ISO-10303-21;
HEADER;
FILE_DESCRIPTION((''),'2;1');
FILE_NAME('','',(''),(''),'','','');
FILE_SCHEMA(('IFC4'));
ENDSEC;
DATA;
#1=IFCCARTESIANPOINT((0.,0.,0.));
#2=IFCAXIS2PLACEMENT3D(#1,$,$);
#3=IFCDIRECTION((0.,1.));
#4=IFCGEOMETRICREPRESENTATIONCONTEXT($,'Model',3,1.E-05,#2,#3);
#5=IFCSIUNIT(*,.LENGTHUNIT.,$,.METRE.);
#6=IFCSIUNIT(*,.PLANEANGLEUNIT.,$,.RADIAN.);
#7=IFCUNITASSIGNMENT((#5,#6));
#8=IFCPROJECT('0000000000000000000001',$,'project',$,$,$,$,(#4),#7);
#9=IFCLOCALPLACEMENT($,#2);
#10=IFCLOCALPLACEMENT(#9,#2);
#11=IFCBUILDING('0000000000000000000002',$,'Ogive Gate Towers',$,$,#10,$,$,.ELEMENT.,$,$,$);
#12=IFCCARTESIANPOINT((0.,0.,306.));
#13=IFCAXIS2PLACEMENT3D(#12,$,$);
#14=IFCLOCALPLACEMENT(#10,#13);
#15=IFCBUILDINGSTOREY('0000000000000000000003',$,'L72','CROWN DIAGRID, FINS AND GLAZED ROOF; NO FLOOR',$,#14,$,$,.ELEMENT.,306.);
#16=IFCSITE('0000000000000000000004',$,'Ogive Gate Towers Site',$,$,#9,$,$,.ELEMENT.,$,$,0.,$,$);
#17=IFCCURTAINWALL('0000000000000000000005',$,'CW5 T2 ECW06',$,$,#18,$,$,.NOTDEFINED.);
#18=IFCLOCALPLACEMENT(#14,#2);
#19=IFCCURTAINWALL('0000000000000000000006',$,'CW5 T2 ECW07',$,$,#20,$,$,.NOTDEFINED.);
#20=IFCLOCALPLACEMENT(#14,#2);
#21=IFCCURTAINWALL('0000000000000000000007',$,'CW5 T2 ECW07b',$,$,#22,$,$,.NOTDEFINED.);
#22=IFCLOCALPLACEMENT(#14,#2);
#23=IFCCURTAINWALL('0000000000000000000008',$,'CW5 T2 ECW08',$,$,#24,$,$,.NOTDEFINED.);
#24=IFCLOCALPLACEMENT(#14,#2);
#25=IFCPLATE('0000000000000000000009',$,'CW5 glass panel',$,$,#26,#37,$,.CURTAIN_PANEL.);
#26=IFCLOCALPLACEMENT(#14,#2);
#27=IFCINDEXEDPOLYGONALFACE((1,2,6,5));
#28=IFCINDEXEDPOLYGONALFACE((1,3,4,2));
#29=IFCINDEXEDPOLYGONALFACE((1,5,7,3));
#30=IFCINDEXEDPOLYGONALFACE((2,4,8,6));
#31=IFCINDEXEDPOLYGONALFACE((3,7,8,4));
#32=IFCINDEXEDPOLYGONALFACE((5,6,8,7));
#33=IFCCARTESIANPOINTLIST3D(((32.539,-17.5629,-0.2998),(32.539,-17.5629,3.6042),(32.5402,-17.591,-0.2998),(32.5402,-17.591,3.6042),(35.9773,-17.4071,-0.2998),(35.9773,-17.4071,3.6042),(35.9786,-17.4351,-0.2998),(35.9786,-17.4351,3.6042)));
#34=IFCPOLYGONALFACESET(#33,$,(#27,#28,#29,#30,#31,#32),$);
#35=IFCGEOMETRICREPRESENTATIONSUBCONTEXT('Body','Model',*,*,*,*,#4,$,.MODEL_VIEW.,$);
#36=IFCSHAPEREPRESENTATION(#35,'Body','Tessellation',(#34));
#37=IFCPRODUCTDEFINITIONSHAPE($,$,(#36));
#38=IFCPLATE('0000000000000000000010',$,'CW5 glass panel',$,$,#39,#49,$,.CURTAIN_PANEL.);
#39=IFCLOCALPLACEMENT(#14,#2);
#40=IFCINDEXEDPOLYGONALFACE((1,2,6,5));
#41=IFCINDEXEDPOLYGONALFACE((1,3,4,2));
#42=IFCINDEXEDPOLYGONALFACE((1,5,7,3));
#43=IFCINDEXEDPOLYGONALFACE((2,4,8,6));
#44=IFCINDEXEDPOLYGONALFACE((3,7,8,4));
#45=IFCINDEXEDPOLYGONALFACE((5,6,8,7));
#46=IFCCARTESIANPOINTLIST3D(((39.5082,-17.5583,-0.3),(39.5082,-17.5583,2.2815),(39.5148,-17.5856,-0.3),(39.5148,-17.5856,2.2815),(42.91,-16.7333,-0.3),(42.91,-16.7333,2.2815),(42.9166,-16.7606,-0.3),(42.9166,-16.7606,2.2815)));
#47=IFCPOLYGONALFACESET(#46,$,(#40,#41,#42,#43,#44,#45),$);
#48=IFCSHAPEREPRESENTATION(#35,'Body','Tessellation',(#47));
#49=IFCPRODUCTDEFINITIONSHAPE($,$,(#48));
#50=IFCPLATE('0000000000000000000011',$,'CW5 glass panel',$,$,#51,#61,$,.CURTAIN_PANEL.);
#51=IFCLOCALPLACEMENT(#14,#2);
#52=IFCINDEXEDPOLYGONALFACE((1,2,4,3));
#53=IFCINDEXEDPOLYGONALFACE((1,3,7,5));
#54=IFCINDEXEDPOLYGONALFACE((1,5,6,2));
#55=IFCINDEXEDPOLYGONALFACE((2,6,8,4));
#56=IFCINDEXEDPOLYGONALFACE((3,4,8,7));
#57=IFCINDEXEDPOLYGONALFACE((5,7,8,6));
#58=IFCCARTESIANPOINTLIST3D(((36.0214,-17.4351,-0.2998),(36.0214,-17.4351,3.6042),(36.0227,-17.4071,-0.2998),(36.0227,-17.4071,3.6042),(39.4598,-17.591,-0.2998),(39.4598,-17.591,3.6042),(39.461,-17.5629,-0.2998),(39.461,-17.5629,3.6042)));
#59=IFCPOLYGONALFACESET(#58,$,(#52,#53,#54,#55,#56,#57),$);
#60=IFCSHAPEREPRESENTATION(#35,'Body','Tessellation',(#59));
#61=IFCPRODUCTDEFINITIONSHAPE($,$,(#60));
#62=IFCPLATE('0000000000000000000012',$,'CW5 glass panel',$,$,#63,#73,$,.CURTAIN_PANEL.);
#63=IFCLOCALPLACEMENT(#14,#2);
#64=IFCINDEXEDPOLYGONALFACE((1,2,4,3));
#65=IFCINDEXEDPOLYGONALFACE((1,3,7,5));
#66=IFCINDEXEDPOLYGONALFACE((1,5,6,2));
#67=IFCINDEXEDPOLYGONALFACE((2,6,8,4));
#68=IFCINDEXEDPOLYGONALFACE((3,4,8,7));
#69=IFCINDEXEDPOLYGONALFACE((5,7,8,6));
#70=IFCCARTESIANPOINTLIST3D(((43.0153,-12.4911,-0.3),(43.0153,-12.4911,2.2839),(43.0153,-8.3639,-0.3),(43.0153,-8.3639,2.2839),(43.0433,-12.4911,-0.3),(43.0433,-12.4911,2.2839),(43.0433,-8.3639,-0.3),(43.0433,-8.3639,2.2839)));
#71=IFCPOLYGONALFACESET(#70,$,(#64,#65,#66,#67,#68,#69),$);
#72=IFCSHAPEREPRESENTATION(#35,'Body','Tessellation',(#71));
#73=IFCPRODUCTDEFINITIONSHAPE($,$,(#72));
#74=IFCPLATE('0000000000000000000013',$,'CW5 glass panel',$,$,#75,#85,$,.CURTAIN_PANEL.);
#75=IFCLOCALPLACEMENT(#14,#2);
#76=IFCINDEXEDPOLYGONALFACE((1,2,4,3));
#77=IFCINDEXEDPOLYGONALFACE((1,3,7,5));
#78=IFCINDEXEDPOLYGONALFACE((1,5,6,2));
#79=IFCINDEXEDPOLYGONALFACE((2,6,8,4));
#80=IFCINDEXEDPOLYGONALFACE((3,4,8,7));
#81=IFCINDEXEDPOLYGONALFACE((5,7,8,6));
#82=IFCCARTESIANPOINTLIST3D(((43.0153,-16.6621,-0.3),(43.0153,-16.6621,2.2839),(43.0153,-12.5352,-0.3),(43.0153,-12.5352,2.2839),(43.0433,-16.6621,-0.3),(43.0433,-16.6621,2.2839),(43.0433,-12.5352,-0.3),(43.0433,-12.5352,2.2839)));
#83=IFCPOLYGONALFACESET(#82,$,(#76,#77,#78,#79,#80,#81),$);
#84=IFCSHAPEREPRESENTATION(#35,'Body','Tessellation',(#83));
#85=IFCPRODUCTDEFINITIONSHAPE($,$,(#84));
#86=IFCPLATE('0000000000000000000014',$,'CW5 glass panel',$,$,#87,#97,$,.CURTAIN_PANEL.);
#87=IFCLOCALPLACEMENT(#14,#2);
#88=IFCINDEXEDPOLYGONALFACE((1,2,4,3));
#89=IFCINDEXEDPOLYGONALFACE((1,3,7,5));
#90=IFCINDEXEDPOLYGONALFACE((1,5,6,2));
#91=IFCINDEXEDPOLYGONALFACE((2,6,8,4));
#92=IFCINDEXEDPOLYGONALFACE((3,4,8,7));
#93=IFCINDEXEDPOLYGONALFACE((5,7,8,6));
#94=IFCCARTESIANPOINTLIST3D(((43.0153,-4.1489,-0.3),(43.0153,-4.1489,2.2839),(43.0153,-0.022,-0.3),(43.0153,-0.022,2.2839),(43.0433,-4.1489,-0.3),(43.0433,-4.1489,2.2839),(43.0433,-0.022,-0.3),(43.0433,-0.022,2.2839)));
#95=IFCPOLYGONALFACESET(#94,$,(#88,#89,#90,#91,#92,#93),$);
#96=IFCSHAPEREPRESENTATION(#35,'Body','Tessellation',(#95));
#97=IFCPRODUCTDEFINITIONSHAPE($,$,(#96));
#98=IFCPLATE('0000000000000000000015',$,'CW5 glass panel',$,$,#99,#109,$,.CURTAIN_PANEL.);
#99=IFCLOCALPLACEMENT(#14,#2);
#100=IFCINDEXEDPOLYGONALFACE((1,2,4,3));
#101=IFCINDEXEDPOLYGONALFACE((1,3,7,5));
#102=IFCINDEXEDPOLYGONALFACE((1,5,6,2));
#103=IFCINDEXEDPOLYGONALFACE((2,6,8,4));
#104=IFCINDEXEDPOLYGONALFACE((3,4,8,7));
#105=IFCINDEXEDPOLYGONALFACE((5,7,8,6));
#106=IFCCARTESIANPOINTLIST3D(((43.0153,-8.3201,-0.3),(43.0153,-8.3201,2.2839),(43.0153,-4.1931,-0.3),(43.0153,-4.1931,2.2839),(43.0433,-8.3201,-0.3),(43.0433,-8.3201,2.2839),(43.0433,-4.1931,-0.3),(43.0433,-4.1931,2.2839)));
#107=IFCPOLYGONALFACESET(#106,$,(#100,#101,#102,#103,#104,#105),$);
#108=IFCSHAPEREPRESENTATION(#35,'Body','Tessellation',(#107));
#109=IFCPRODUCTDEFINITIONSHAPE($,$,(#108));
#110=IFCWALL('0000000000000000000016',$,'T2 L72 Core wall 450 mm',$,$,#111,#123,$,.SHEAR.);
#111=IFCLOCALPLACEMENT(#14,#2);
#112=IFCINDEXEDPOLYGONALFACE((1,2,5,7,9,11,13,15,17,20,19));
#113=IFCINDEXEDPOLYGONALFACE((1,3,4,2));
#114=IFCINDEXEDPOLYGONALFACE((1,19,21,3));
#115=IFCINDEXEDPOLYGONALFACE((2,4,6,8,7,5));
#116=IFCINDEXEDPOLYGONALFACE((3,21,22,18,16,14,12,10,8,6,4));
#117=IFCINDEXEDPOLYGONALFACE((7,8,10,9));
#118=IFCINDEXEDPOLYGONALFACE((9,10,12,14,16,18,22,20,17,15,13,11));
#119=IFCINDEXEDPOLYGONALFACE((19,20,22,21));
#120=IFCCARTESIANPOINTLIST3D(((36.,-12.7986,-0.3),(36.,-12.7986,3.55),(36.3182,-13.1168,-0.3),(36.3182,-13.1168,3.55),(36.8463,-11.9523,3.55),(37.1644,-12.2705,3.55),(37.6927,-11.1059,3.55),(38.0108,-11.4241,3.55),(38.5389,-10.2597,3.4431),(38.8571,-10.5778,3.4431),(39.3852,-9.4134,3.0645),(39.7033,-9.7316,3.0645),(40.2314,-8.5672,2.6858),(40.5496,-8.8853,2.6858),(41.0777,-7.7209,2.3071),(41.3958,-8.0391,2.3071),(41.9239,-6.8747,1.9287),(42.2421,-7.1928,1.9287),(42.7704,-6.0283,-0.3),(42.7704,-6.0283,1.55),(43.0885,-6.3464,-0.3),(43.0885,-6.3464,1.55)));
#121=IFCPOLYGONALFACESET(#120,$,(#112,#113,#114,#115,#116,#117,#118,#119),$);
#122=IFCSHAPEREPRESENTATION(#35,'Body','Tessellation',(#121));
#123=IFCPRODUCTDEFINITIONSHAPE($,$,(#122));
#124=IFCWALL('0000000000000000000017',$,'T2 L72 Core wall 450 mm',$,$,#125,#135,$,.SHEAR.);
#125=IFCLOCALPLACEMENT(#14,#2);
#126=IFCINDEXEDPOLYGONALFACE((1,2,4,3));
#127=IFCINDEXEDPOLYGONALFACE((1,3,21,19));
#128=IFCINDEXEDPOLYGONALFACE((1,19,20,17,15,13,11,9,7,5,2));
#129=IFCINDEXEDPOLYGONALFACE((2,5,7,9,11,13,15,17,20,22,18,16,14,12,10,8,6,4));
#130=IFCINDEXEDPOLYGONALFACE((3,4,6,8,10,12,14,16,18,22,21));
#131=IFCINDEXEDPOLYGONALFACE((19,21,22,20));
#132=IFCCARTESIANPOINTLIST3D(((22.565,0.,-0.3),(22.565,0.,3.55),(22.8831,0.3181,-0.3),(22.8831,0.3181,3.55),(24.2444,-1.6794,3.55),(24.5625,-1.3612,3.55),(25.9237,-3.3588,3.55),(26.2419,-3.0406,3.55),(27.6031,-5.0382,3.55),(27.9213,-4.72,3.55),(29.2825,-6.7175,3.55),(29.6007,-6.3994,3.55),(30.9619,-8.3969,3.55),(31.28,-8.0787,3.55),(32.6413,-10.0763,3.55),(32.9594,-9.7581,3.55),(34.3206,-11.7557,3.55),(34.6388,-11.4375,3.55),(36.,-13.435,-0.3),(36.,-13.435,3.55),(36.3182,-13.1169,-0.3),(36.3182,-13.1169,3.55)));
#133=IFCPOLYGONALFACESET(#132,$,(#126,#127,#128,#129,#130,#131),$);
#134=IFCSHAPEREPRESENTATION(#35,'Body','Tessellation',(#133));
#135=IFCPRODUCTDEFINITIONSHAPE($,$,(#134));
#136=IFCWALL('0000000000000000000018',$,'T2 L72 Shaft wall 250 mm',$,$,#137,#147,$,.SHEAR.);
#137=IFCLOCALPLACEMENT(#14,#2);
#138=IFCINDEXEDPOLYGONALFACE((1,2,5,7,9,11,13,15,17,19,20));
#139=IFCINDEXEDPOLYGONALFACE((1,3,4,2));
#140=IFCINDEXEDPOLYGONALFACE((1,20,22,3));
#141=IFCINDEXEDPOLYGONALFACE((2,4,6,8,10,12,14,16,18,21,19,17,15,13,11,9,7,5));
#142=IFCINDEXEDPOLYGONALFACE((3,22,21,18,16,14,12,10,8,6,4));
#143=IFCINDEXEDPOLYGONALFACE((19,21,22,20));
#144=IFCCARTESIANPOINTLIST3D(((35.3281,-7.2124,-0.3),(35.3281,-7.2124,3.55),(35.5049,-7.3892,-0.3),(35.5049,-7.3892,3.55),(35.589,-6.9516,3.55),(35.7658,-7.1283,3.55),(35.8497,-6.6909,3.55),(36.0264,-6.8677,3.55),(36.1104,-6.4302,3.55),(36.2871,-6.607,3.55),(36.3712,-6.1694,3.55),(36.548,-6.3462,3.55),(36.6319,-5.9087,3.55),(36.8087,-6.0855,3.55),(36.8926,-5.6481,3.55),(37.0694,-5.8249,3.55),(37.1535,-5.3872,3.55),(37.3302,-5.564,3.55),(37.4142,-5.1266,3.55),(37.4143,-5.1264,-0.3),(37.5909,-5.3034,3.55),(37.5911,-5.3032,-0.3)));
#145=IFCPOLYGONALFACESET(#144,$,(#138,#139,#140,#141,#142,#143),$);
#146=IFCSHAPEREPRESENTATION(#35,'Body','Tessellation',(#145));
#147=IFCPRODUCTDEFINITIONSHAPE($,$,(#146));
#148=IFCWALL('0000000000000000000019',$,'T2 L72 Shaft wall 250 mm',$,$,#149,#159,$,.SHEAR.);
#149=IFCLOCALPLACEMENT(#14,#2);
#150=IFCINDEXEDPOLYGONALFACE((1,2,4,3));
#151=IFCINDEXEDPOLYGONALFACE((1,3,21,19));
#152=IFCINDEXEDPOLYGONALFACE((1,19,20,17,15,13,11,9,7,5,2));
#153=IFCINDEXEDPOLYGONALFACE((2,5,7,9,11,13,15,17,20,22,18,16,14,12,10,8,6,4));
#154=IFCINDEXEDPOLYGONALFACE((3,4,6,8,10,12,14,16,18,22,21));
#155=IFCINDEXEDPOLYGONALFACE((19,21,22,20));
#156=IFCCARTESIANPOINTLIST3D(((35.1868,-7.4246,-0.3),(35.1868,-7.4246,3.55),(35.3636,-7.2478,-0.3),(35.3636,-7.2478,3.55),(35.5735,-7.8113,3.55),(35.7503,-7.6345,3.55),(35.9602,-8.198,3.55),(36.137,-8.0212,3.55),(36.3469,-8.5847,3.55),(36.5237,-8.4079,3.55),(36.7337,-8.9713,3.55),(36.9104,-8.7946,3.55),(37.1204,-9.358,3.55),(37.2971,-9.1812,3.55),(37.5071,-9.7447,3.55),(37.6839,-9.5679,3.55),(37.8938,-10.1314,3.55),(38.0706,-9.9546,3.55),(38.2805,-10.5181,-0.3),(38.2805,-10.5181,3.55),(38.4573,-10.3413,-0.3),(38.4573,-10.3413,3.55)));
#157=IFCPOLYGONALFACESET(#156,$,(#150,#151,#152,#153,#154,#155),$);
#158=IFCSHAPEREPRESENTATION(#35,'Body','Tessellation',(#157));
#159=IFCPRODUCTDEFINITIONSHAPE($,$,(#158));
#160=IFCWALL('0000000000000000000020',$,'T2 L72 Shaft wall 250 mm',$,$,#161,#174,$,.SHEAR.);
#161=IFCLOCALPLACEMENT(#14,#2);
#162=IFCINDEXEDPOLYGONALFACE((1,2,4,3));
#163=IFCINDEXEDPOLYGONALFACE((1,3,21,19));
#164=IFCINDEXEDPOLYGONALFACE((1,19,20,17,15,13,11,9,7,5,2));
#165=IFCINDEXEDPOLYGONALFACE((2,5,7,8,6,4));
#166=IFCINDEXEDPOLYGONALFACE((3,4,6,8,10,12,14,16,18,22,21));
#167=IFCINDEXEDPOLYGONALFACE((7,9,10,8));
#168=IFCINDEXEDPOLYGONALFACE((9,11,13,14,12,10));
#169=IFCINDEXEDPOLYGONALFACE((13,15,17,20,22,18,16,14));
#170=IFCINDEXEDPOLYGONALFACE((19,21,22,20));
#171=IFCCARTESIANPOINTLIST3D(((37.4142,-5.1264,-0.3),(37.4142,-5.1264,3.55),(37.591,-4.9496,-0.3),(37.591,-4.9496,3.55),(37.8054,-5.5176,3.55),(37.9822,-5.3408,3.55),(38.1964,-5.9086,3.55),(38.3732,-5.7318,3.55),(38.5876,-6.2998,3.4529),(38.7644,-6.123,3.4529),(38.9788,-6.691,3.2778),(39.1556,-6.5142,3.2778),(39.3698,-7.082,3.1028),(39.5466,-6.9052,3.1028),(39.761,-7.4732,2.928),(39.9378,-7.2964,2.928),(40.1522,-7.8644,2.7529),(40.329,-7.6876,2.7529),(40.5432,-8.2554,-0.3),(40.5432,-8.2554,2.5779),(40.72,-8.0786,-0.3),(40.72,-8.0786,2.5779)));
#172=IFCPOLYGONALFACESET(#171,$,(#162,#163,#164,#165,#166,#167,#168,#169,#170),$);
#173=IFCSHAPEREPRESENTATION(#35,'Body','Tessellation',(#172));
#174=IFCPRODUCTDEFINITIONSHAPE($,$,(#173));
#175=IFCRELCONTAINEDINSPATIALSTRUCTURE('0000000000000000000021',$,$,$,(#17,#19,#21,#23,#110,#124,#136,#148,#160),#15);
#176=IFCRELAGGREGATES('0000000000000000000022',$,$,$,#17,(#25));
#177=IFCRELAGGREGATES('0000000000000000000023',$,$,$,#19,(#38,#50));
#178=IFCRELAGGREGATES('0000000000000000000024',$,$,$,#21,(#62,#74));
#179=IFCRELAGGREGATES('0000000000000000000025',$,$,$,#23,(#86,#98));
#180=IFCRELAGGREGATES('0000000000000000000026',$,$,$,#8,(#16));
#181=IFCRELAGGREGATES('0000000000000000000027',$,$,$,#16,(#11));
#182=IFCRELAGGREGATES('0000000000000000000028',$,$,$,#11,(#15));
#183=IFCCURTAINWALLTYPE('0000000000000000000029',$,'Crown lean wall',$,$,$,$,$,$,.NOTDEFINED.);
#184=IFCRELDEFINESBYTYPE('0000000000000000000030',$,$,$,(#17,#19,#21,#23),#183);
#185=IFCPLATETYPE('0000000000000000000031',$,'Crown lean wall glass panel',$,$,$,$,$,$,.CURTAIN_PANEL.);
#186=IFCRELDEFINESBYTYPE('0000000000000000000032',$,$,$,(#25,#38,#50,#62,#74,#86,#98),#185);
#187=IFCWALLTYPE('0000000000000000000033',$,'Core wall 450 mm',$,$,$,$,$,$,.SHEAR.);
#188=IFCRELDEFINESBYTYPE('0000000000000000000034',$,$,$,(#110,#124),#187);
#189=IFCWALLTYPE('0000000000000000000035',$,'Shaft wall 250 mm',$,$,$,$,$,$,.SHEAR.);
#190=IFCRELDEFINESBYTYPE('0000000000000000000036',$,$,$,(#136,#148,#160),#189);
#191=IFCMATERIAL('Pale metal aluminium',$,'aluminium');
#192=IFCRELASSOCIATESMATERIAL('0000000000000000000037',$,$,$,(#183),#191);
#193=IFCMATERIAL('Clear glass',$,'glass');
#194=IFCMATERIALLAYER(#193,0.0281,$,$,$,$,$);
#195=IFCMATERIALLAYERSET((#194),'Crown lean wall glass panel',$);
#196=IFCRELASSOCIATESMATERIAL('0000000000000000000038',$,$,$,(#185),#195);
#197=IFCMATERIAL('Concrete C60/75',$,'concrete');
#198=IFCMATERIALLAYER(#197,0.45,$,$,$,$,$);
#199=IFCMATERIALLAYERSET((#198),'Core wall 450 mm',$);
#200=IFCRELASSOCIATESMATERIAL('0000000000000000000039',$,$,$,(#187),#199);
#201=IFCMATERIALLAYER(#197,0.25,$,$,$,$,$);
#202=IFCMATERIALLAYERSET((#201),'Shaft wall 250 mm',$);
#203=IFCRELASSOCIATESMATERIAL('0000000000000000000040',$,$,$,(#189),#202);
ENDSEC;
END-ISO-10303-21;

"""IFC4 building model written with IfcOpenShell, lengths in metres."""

from ifc_helpers import new_model, si_unit, direction, frame, origin, origin_2d, place, context, subcontext, project, spatial, polyline, rectangle, outline, extrude, material, layer, layer_set, type_object, element, aggregate, save


model = new_model("IFC4")

# Units and contexts
model_context = context("Model", 3, precision=1e-05, world=origin(), true_north=direction((0.0, 1.0)))
body_context = subcontext(model_context, "Body", "Model", "MODEL_VIEW")
ifc_project = project(units=[si_unit("LENGTHUNIT", "METRE"), si_unit("PLANEANGLEUNIT", "RADIAN")], contexts=[model_context])

# Site, building, storey
site_placement = place(None, origin())
site = spatial("IfcSite", under=ifc_project, at=site_placement, Name="Ogive Gate Towers Site", CompositionType="ELEMENT", RefElevation=0.0)
building_placement = place(site_placement, origin())
building = spatial("IfcBuilding", under=site, at=building_placement, Name="Ogive Gate Towers", CompositionType="ELEMENT")
storey_placement = place(building_placement, frame((0.0, 0.0, 306.0)))
storey = spatial("IfcBuildingStorey", under=building, at=storey_placement, Name="L72", Description="CROWN DIAGRID, FINS AND GLAZED ROOF; NO FLOOR", CompositionType="ELEMENT", Elevation=306.0)

# Curtain wall
ifc_material_1 = material(Name="Pale metal aluminium", Category="aluminium")
curtain_wall_type = type_object("IfcCurtainWallType", Name="Crown lean wall", PredefinedType="NOTDEFINED", material=ifc_material_1)
curtain_wall_1_placement = place(storey_placement, origin())
curtain_wall_1 = element("IfcCurtainWall", 1, at=curtain_wall_1_placement, inside=storey, type_object=curtain_wall_type, Name="CW5 T2 ECW06", PredefinedType="NOTDEFINED")

# Curtain walls
curtain_wall_2_placement = place(storey_placement, origin())
curtain_wall_2 = element("IfcCurtainWall", 2, at=curtain_wall_2_placement, inside=storey, type_object=curtain_wall_type, Name="CW5 T2 ECW07", PredefinedType="NOTDEFINED")
curtain_wall_3_placement = place(storey_placement, origin())
curtain_wall_3 = element("IfcCurtainWall", 3, at=curtain_wall_3_placement, inside=storey, type_object=curtain_wall_type, Name="CW5 T2 ECW07b", PredefinedType="NOTDEFINED")

# Curtain wall
curtain_wall_4_placement = place(storey_placement, origin())
curtain_wall_4 = element("IfcCurtainWall", 4, at=curtain_wall_4_placement, inside=storey, type_object=curtain_wall_type, Name="CW5 T2 ECW08", PredefinedType="NOTDEFINED")

# Plates
ifc_material_2 = material(Name="Clear glass", Category="glass")
ifc_layer_1 = layer(ifc_material_2, 0.0281)
ifc_layer_set_1 = layer_set([ifc_layer_1], Name="Crown lean wall glass panel")
plate_type_1 = type_object("IfcPlateType", Name="Crown lean wall glass panel", PredefinedType="CURTAIN_PANEL", material=ifc_layer_set_1)
plate_1_placement = place(storey_placement, frame((34.2588, -17.499, -0.2998), z_axis=(0.0, 0.0, 1.0), x_axis=(-0.998975, -0.045276, 0.0)))
plate_1 = element("IfcPlate", 5, at=plate_1_placement, type_object=plate_type_1, Name="CW5 glass panel", PredefinedType="CURTAIN_PANEL", context=body_context, shape_type="SweptSolid", body=[
    extrude(rectangle(XDim=3.4419, YDim=0.0281, at=origin_2d()), origin(), (0.0, 0.0, 1.0), 3.9041),
])
aggregate(curtain_wall_1, [plate_1])
plate_2_placement = place(storey_placement, frame((41.2124, -17.1594, -0.3), z_axis=(0.0, 0.0, 1.0), x_axis=(-0.97183, -0.235685, 0.0)))
plate_2 = element("IfcPlate", 6, at=plate_2_placement, type_object=plate_type_1, Name="CW5 glass panel", PredefinedType="CURTAIN_PANEL", context=body_context, shape_type="SweptSolid", body=[
    extrude(rectangle(XDim=3.5005, YDim=0.0281, at=origin_2d()), origin(), (0.0, 0.0, 1.0), 2.5815),
])
plate_3_placement = place(storey_placement, frame((37.7412, -17.499, -0.2998), z_axis=(0.0, 0.0, 1.0), x_axis=(-0.998975, 0.045276, 0.0)))
plate_3 = element("IfcPlate", 7, at=plate_3_placement, type_object=plate_type_1, Name="CW5 glass panel", PredefinedType="CURTAIN_PANEL", context=body_context, shape_type="SweptSolid", body=[
    extrude(rectangle(XDim=3.4419, YDim=0.0281, at=origin_2d()), origin(), (0.0, 0.0, 1.0), 3.9041),
])
aggregate(curtain_wall_2, [plate_2, plate_3])
plate_4_placement = place(storey_placement, frame((43.0293, -10.4275, -0.3), z_axis=(0.0, 0.0, 1.0), x_axis=(0.0, -1.0, 0.0)))
plate_4 = element("IfcPlate", 8, at=plate_4_placement, type_object=plate_type_1, Name="CW5 glass panel", PredefinedType="CURTAIN_PANEL", context=body_context, shape_type="SweptSolid", body=[
    extrude(rectangle(XDim=4.1272, YDim=0.0281, at=origin_2d()), origin(), (0.0, 0.0, 1.0), 2.584),
])
plate_5_placement = place(storey_placement, frame((43.0293, -14.5986, -0.3), z_axis=(0.0, 0.0, 1.0), x_axis=(0.0, -1.0, 0.0)))
plate_5 = element("IfcPlate", 9, at=plate_5_placement, type_object=plate_type_1, Name="CW5 glass panel", PredefinedType="CURTAIN_PANEL", context=body_context, shape_type="SweptSolid", body=[
    extrude(rectangle(XDim=4.127, YDim=0.0281, at=origin_2d()), origin(), (0.0, 0.0, 1.0), 2.584),
])
aggregate(curtain_wall_3, [plate_4, plate_5])
plate_6_placement = place(storey_placement, frame((43.0293, -2.0854, -0.3), z_axis=(0.0, 0.0, 1.0), x_axis=(0.0, -1.0, 0.0)))
plate_6 = element("IfcPlate", 10, at=plate_6_placement, type_object=plate_type_1, Name="CW5 glass panel", PredefinedType="CURTAIN_PANEL", context=body_context, shape_type="SweptSolid", body=[
    extrude(rectangle(XDim=4.127, YDim=0.0281, at=origin_2d()), origin(), (0.0, 0.0, 1.0), 2.584),
])
plate_7_placement = place(storey_placement, frame((43.0293, -6.2566, -0.3), z_axis=(0.0, 0.0, 1.0), x_axis=(0.0, -1.0, 0.0)))
plate_7 = element("IfcPlate", 11, at=plate_7_placement, type_object=plate_type_1, Name="CW5 glass panel", PredefinedType="CURTAIN_PANEL", context=body_context, shape_type="SweptSolid", body=[
    extrude(rectangle(XDim=4.127, YDim=0.0281, at=origin_2d()), origin(), (0.0, 0.0, 1.0), 2.584),
])
aggregate(curtain_wall_4, [plate_6, plate_7])

# Walls
ifc_material_3 = material(Name="Concrete C60/75", Category="concrete")
ifc_layer_2 = layer(ifc_material_3, 0.45)
ifc_layer_set_2 = layer_set([ifc_layer_2], Name="Core wall 450 mm")
wall_type_1 = type_object("IfcWallType", Name="Core wall 450 mm", PredefinedType="SHEAR", material=ifc_layer_set_2)
wall_1_placement = place(storey_placement, frame((36.1592, -12.9578, -0.3), z_axis=(0.0, 0.0, 1.0), x_axis=(0.707107, 0.707107, 0.0)))
element("IfcWall", 12, at=wall_1_placement, inside=storey, type_object=wall_type_1, Name="T2 L72 Core wall 450 mm", PredefinedType="SHEAR", context=body_context, shape_type="SweptSolid", body=[
    extrude(outline(polyline([(0.0, 0.0), (9.5747, 0.0), (9.5747, 1.8501), (8.3777, 2.2288), (7.1809, 2.6072), (5.9841, 2.9858), (4.7874, 3.3645), (3.5906, 3.7432), (2.3938, 3.8501), (1.1968, 3.8501), (0.0, 3.8501), (0.0, 0.0)])), frame((0.0, 0.2251, 0.0), z_axis=(0.0, -1.0, 0.0), x_axis=(1.0, 0.0, 0.0)), (0.0, 0.0, 1.0), 0.45),
])
wall_2_placement = place(storey_placement, frame((36.1592, -13.2759, -0.3), z_axis=(0.0, 0.0, 1.0), x_axis=(-0.707107, 0.707107, 0.0)))
element("IfcWall", 13, at=wall_2_placement, inside=storey, type_object=wall_type_1, Name="T2 L72 Core wall 450 mm", PredefinedType="SHEAR", context=body_context, shape_type="SweptSolid", body=[
    extrude(outline(polyline([(0.0, 0.0), (19.0, 0.0), (19.0, 3.8501), (16.625, 3.8501), (14.25, 3.8501), (11.875, 3.8501), (9.5, 3.8501), (7.125, 3.8501), (4.75, 3.8501), (2.375, 3.8501), (0.0, 3.8501), (0.0, 0.0)])), frame((0.0, 0.2251, 0.0), z_axis=(0.0, -1.0, 0.0), x_axis=(1.0, 0.0, 0.0)), (0.0, 0.0, 1.0), 0.45),
])
ifc_layer_3 = layer(ifc_material_3, 0.25)
ifc_layer_set_3 = layer_set([ifc_layer_3], Name="Shaft wall 250 mm")
wall_type_2 = type_object("IfcWallType", Name="Shaft wall 250 mm", PredefinedType="SHEAR", material=ifc_layer_set_3)
wall_3_placement = place(storey_placement, frame((35.4165, -7.3008, -0.3), z_axis=(0.0, 0.0, 1.0), x_axis=(0.707148, 0.707065, 0.0)))
element("IfcWall", 14, at=wall_3_placement, inside=storey, type_object=wall_type_2, Name="T2 L72 Shaft wall 250 mm", PredefinedType="SHEAR", context=body_context, shape_type="SweptSolid", body=[
    extrude(outline(polyline([(0.0, 0.0), (2.9502, 0.0), (2.95, 3.8501), (2.5813, 3.8501), (2.2124, 3.8501), (1.8438, 3.8501), (1.4751, 3.8501), (1.1062, 3.8501), (0.7375, 3.8501), (0.3689, 3.8501), (0.0, 3.8501), (0.0, 0.0)])), frame((0.0, 0.125, 0.0), z_axis=(0.0, -1.0, 0.0), x_axis=(1.0, 0.0, 0.0)), (0.0, 0.0, 1.0), 0.25),
])
wall_4_placement = place(storey_placement, frame((38.3689, -10.4297, -0.3), z_axis=(0.0, 0.0, 1.0), x_axis=(-0.707135, 0.707079, 0.0)))
element("IfcWall", 15, at=wall_4_placement, inside=storey, type_object=wall_type_2, Name="T2 L72 Shaft wall 250 mm", PredefinedType="SHEAR", context=body_context, shape_type="SweptSolid", body=[
    extrude(outline(polyline([(0.0, 0.0), (4.375, 0.0), (4.375, 3.8501), (3.8281, 3.8501), (3.2812, 3.8501), (2.7344, 3.8501), (2.1875, 3.8501), (1.6406, 3.8501), (1.0938, 3.8501), (0.5469, 3.8501), (0.0, 3.8501), (0.0, 0.0)])), frame((0.0, 0.125, 0.0), z_axis=(0.0, -1.0, 0.0), x_axis=(1.0, 0.0, 0.0)), (0.0, 0.0, 1.0), 0.25),
])
wall_5_placement = place(storey_placement, frame((40.6316, -8.167, -0.3), z_axis=(0.0, 0.0, 1.0), x_axis=(-0.707107, 0.707107, 0.0)))
element("IfcWall", 16, at=wall_5_placement, inside=storey, type_object=wall_type_2, Name="T2 L72 Shaft wall 250 mm", PredefinedType="SHEAR", context=body_context, shape_type="SweptSolid", body=[
    extrude(outline(polyline([(0.0, 0.0), (4.425, 0.0), (4.425, 3.8501), (3.8718, 3.8501), (3.3188, 3.8501), (2.7656, 3.7529), (2.2124, 3.5779), (1.6594, 3.4028), (1.1062, 3.228), (0.553, 3.053), (0.0, 2.8779), (0.0, 0.0)])), frame((0.0, 0.125, 0.0), z_axis=(0.0, -1.0, 0.0), x_axis=(1.0, 0.0, 0.0)), (0.0, 0.0, 1.0), 0.25),
])

save(model, "model.ifc")
